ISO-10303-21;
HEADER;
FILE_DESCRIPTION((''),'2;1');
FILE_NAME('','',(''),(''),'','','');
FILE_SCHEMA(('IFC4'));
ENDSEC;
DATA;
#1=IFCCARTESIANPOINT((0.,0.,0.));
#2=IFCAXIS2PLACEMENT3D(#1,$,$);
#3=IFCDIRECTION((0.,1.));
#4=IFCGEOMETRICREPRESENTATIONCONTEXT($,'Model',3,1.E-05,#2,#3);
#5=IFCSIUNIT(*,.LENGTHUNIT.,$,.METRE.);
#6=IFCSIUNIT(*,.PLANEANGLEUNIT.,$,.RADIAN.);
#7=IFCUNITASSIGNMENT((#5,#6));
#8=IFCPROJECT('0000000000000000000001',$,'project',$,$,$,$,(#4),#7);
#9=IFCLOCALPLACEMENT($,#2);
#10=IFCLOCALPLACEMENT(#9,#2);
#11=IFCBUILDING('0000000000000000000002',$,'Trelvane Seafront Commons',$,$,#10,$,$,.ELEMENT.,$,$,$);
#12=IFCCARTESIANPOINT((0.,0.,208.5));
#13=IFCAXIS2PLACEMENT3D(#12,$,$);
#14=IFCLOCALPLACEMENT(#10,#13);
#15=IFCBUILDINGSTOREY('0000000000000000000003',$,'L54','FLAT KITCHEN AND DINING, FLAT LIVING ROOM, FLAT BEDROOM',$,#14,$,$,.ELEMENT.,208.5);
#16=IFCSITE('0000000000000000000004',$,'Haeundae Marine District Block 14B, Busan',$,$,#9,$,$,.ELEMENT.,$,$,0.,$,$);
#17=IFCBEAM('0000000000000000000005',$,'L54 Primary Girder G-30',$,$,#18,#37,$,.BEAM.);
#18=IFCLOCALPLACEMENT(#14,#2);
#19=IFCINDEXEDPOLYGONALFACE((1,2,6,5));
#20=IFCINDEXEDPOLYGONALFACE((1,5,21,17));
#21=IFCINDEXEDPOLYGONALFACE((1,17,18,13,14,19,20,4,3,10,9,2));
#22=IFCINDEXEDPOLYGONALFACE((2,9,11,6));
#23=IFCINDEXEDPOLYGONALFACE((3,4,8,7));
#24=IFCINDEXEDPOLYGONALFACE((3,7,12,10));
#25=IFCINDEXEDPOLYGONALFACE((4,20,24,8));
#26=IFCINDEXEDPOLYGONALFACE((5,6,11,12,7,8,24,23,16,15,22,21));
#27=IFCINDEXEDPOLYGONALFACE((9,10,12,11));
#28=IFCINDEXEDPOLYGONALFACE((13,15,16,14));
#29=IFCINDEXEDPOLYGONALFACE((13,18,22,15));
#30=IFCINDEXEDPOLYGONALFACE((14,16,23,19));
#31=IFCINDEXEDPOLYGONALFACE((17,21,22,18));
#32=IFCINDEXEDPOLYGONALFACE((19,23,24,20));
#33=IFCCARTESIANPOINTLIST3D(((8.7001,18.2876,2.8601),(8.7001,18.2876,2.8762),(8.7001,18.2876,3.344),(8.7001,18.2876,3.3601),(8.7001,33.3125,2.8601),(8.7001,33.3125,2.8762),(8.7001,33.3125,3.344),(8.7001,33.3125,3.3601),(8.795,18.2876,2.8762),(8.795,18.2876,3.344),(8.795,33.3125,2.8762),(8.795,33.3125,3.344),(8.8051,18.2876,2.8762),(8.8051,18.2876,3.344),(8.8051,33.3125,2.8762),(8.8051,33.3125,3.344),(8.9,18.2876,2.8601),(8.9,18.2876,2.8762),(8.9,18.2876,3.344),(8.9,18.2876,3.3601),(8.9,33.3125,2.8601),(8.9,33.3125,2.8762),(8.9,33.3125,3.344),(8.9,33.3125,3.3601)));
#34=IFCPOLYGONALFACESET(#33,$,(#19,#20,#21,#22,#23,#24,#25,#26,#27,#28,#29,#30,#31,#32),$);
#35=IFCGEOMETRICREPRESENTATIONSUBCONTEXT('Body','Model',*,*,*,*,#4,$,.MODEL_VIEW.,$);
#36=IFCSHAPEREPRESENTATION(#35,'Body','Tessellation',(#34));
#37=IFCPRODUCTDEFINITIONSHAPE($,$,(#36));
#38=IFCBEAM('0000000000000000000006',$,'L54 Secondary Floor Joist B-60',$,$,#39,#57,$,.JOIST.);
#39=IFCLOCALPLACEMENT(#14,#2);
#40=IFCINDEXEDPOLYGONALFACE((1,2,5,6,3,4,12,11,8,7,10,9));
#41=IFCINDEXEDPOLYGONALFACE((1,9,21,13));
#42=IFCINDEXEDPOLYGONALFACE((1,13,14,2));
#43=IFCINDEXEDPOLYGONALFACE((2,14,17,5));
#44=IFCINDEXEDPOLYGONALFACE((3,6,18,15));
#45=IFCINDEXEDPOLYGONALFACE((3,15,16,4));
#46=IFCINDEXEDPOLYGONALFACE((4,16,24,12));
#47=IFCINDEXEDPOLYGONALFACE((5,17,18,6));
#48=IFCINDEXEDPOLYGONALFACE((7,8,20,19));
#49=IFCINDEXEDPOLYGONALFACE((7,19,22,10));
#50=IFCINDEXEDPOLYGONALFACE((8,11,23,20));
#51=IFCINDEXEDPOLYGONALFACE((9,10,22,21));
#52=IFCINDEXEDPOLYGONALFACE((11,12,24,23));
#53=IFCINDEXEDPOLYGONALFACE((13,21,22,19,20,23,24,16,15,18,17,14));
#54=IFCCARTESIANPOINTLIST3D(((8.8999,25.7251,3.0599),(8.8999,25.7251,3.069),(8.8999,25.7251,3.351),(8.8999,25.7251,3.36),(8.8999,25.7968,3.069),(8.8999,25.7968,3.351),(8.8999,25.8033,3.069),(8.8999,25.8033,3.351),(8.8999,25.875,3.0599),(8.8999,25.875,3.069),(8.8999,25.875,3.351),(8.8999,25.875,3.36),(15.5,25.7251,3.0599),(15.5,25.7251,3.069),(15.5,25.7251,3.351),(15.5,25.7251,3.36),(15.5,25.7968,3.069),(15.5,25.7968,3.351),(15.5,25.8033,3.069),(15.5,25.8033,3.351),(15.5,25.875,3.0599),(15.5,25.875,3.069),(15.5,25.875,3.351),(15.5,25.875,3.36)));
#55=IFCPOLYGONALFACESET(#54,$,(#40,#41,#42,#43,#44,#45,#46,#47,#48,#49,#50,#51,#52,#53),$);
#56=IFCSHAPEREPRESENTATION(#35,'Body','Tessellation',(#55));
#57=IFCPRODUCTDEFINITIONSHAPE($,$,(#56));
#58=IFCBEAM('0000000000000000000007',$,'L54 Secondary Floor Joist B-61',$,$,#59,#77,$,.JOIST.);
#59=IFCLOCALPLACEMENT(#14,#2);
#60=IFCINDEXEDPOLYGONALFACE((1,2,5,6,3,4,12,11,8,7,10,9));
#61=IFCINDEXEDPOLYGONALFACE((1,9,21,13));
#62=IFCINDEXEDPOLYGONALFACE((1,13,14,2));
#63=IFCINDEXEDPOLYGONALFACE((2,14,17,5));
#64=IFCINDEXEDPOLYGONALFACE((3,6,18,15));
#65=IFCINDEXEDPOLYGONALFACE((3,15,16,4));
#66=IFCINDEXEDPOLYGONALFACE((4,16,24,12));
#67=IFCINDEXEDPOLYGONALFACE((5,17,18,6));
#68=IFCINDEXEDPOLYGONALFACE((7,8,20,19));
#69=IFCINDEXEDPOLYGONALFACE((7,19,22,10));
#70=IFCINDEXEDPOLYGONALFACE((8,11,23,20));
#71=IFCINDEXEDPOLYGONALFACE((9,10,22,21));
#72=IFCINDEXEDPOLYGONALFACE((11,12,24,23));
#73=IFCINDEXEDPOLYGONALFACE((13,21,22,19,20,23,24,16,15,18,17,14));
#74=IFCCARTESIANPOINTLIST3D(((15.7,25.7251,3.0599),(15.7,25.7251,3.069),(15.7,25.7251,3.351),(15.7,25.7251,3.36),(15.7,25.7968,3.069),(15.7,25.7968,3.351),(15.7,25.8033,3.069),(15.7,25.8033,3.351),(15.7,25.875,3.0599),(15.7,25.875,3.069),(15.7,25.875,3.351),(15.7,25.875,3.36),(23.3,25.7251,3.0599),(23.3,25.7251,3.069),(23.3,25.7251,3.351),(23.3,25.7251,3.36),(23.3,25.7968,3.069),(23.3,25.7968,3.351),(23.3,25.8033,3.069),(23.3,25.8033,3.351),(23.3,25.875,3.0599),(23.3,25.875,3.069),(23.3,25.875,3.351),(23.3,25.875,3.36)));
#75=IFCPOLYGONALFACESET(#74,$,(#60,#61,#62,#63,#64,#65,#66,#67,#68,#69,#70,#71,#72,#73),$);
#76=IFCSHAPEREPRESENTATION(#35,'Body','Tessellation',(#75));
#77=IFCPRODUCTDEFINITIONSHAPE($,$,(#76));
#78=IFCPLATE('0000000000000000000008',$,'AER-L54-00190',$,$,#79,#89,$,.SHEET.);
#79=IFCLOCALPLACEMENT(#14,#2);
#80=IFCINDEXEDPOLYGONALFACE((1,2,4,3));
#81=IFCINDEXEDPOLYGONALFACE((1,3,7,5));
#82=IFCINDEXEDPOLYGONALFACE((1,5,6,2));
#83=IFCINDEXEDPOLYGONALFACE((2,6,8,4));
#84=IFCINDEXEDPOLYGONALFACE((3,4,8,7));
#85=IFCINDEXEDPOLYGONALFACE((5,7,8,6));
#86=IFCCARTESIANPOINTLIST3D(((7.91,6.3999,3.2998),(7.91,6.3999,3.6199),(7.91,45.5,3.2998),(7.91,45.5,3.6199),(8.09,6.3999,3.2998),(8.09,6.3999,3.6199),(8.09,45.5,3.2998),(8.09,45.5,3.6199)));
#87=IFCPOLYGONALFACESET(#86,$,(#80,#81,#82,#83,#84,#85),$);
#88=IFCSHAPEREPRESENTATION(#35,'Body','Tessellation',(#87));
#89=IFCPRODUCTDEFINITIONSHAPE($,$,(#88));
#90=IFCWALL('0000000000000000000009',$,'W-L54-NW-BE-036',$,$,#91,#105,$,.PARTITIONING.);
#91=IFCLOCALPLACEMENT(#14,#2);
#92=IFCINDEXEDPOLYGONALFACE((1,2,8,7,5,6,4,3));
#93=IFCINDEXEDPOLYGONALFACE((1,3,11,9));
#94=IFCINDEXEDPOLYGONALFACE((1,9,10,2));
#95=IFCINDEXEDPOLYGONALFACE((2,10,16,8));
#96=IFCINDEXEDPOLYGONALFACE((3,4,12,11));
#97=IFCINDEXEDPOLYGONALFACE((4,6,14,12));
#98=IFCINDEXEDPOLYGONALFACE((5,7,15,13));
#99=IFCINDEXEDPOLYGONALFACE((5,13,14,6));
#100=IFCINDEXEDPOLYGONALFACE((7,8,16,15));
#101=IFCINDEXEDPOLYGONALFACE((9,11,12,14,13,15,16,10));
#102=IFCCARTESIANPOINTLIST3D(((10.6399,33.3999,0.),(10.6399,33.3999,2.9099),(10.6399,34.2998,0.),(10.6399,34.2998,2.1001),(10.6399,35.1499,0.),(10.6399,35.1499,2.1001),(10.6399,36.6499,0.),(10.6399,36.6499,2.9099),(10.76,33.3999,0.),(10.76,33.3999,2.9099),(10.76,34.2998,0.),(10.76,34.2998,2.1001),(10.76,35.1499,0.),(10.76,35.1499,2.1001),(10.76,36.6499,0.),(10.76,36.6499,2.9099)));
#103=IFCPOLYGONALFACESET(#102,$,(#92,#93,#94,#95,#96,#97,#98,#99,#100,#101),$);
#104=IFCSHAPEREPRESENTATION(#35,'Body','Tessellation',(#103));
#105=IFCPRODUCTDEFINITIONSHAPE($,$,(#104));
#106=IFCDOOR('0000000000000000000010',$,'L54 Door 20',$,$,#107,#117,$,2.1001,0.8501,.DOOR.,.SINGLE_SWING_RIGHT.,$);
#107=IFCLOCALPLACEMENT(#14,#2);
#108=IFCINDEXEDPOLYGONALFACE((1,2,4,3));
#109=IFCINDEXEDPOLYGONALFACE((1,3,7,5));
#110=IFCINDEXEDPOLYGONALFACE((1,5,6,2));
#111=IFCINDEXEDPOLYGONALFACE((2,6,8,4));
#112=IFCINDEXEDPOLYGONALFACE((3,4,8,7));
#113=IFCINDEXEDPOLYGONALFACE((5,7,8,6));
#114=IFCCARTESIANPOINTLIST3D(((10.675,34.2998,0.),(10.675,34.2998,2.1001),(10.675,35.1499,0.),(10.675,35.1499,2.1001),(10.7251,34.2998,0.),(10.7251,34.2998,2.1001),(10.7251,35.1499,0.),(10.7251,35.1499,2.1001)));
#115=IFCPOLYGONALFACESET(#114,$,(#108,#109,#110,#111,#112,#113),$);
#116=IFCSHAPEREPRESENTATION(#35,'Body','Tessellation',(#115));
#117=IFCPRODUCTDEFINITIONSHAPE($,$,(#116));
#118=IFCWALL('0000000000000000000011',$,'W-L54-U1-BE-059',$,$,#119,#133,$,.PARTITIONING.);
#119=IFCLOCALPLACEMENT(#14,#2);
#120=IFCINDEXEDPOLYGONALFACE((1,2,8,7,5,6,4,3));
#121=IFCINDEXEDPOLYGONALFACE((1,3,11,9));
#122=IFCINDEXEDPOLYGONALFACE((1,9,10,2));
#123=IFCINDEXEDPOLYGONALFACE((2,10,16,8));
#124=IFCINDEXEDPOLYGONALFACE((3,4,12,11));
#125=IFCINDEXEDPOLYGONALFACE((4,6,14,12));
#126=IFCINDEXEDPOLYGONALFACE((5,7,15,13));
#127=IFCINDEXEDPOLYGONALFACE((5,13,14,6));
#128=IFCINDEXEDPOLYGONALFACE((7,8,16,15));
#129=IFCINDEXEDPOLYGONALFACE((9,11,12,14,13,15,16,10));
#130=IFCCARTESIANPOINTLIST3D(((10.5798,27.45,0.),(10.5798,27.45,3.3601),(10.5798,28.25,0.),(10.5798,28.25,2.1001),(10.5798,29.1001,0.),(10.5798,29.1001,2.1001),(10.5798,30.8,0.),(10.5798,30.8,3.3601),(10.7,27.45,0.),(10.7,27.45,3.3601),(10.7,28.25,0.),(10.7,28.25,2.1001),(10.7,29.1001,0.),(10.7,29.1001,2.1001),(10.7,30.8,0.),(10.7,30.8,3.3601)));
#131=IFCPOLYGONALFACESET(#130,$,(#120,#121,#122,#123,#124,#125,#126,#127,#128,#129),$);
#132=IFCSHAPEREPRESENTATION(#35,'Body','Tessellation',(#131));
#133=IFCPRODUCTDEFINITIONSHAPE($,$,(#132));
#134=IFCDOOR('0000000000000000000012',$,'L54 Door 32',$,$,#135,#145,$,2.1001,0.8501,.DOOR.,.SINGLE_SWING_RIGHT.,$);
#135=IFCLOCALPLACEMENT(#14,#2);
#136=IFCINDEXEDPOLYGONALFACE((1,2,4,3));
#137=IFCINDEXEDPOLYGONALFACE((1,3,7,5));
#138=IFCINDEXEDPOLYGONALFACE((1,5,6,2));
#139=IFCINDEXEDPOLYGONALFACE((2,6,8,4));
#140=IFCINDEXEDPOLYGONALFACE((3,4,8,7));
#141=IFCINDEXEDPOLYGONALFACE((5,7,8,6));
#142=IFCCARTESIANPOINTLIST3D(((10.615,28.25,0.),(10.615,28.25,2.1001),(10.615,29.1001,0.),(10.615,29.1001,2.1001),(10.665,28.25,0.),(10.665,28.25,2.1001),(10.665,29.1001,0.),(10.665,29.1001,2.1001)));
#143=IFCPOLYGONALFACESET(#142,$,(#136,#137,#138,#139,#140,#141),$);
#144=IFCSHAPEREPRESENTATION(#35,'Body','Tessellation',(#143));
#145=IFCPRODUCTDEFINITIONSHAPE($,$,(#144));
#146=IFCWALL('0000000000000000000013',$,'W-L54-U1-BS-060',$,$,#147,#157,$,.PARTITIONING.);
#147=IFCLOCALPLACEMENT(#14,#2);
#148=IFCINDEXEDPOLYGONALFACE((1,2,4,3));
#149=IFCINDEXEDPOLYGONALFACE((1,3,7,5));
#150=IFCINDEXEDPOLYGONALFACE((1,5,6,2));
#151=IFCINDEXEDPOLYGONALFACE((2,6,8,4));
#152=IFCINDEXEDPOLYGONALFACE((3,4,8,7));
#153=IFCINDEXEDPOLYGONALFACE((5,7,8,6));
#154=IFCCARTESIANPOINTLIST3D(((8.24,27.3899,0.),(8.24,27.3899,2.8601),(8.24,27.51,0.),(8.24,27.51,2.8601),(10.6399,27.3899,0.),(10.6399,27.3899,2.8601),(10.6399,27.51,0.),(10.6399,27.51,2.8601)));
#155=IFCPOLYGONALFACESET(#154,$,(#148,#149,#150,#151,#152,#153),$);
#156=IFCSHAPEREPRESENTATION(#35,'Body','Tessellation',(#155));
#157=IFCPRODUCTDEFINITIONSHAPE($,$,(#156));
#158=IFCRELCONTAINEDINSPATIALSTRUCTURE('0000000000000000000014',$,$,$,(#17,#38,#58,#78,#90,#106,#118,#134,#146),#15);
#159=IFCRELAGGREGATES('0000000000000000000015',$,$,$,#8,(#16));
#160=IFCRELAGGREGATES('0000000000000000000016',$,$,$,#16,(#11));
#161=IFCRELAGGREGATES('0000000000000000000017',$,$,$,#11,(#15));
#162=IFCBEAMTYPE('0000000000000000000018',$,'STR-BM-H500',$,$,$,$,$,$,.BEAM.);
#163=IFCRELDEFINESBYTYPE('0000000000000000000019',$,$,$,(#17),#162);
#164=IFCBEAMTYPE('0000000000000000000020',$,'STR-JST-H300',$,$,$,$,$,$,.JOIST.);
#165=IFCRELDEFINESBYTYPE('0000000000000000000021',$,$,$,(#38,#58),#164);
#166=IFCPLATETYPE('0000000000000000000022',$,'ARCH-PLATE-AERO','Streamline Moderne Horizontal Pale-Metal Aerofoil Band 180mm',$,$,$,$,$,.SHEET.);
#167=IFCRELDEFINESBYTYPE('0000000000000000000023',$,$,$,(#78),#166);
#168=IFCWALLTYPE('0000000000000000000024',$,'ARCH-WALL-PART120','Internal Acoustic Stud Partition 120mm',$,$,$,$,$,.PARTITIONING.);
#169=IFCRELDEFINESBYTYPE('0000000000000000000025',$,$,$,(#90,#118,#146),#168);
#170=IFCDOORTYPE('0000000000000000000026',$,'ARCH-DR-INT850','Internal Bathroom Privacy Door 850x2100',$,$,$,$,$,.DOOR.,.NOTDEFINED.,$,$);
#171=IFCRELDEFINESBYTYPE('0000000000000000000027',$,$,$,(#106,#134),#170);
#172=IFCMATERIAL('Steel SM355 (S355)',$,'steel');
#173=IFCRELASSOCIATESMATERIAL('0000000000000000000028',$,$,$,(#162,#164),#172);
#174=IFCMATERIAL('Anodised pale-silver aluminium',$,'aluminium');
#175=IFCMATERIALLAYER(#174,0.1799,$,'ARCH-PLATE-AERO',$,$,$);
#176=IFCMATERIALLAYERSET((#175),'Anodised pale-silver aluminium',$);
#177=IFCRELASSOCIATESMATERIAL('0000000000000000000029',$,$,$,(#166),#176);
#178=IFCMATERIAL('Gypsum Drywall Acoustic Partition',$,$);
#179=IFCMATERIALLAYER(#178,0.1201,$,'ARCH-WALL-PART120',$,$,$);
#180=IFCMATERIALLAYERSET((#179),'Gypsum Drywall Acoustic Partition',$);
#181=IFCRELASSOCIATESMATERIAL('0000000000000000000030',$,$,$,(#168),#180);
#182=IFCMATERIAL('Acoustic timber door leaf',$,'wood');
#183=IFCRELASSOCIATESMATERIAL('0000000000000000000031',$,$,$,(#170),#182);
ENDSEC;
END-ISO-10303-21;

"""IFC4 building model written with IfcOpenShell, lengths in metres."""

from ifc_helpers import new_model, si_unit, direction, frame, frame_2d, origin, origin_2d, place, context, subcontext, project, spatial, rectangle, i_section, extrude, source, transform, mapped, material, layer, layer_set, material_profile, profile_set, type_object, element, fill, save


model = new_model("IFC4")

# Units and contexts
model_context = context("Model", 3, precision=1e-05, world=origin(), true_north=direction((0.0, 1.0)))
body_context = subcontext(model_context, "Body", "Model", "MODEL_VIEW")
ifc_project = project(units=[si_unit("LENGTHUNIT", "METRE"), si_unit("PLANEANGLEUNIT", "RADIAN")], contexts=[model_context])

# Site, building, storey
site_placement = place(None, origin())
site = spatial("IfcSite", under=ifc_project, at=site_placement, Name="Haeundae Marine District Block 14B, Busan", CompositionType="ELEMENT", RefElevation=0.0)
building_placement = place(site_placement, origin())
building = spatial("IfcBuilding", under=site, at=building_placement, Name="Trelvane Seafront Commons", CompositionType="ELEMENT")
storey_placement = place(building_placement, frame((0.0, 0.0, 208.5)))
storey = spatial("IfcBuildingStorey", under=building, at=storey_placement, Name="L54", Description="FLAT KITCHEN AND DINING, FLAT LIVING ROOM, FLAT BEDROOM", CompositionType="ELEMENT", Elevation=208.5)

# Shared definitions
ifc_material_1 = material(Name="Steel SM355 (S355)", Category="steel")

# Beams
ifc_material_profile_1 = material_profile(ifc_material_1, i_section(OverallWidth=0.2, OverallDepth=0.5, WebThickness=0.01, FlangeThickness=0.0161, at=origin_2d()), Name="H-500x200x10x16")
ifc_profile_set_1 = profile_set([ifc_material_profile_1], Name="Steel SM355 (S355)")
beam_type_1 = type_object("IfcBeamType", Name="STR-BM-H500", PredefinedType="BEAM", material=ifc_profile_set_1)
shared_shape_1 = source(origin(), body_context, "Body", "SweptSolid", [
    extrude(i_section(OverallWidth=0.2, OverallDepth=0.5, WebThickness=0.01, FlangeThickness=0.0161, at=origin_2d()), origin(), (0.0, 0.0, 1.0), 15.0249),
])
beam_1_placement = place(storey_placement, frame((8.8, 18.2876, 3.1101), z_axis=(0.0, 1.0, 0.0), x_axis=(-1.0, 0.0, 0.0)))
element("IfcBeam", 1, at=beam_1_placement, inside=storey, type_object=beam_type_1, Name="L54 Primary Girder G-30", PredefinedType="BEAM", context=body_context, shape_type="MappedRepresentation", body=[
    mapped(shared_shape_1, transform((0.0, 0.0, 0.0), x_axis=(1.0, 0.0, 0.0), y_axis=(0.0, 1.0, 0.0), z_axis=(0.0, 0.0, 1.0), scale=1.0)),
])
ifc_material_profile_2 = material_profile(ifc_material_1, i_section(OverallWidth=0.1499, OverallDepth=0.3, WebThickness=0.0066, FlangeThickness=0.009, at=origin_2d()), Name="H-300x150x6.5x9")
ifc_profile_set_2 = profile_set([ifc_material_profile_2], Name="Steel SM355 (S355)")
beam_type_2 = type_object("IfcBeamType", Name="STR-JST-H300", PredefinedType="JOIST", material=ifc_profile_set_2)
shared_shape_2 = source(origin(), body_context, "Body", "SweptSolid", [
    extrude(i_section(OverallWidth=0.1499, OverallDepth=0.3, WebThickness=0.0066, FlangeThickness=0.009, at=origin_2d()), origin(), (0.0, 0.0, 1.0), 6.6001),
])
beam_2_placement = place(storey_placement, frame((8.8999, 25.8, 3.21), z_axis=(1.0, 0.0, 0.0), x_axis=(0.0, 1.0, 0.0)))
element("IfcBeam", 2, at=beam_2_placement, inside=storey, type_object=beam_type_2, Name="L54 Secondary Floor Joist B-60", PredefinedType="JOIST", context=body_context, shape_type="MappedRepresentation", body=[
    mapped(shared_shape_2, transform((0.0, 0.0, 0.0), x_axis=(1.0, 0.0, 0.0), y_axis=(0.0, 1.0, 0.0), z_axis=(0.0, 0.0, 1.0), scale=1.0)),
])
shared_shape_3 = source(origin(), body_context, "Body", "SweptSolid", [
    extrude(i_section(OverallWidth=0.1499, OverallDepth=0.3, WebThickness=0.0066, FlangeThickness=0.009, at=origin_2d()), origin(), (0.0, 0.0, 1.0), 7.6001),
])
beam_3_placement = place(storey_placement, frame((15.7, 25.8, 3.21), z_axis=(1.0, 0.0, 0.0), x_axis=(0.0, 1.0, 0.0)))
element("IfcBeam", 3, at=beam_3_placement, inside=storey, type_object=beam_type_2, Name="L54 Secondary Floor Joist B-61", PredefinedType="JOIST", context=body_context, shape_type="MappedRepresentation", body=[
    mapped(shared_shape_3, transform((0.0, 0.0, 0.0), x_axis=(1.0, 0.0, 0.0), y_axis=(0.0, 1.0, 0.0), z_axis=(0.0, 0.0, 1.0), scale=1.0)),
])

# Plate
ifc_material_2 = material(Name="Anodised pale-silver aluminium", Category="aluminium")
ifc_layer_1 = layer(ifc_material_2, 0.1799, Name="ARCH-PLATE-AERO")
ifc_layer_set_1 = layer_set([ifc_layer_1], Name="Anodised pale-silver aluminium")
plate_type = type_object("IfcPlateType", Name="ARCH-PLATE-AERO", Description="Streamline Moderne Horizontal Pale-Metal Aerofoil Band 180mm", PredefinedType="SHEET", material=ifc_layer_set_1)
shared_shape_4 = source(origin(), body_context, "Body", "SweptSolid", [
    extrude(rectangle(XDim=39.1001, YDim=0.1799, at=origin_2d()), origin(), (0.0, 0.0, 1.0), 0.3201),
])
plate_placement = place(storey_placement, frame((8.0, 25.95, 3.2998), z_axis=(0.0, 0.0, 1.0), x_axis=(0.0, 1.0, 0.0)))
element("IfcPlate", 4, at=plate_placement, inside=storey, type_object=plate_type, Name="AER-L54-00190", PredefinedType="SHEET", context=body_context, shape_type="MappedRepresentation", body=[
    mapped(shared_shape_4, transform((0.0, 0.0, 0.0), x_axis=(1.0, 0.0, 0.0), y_axis=(0.0, 1.0, 0.0), z_axis=(0.0, 0.0, 1.0), scale=1.0)),
])

# Walls, openings, doors
ifc_material_3 = material(Name="Gypsum Drywall Acoustic Partition")
ifc_layer_2 = layer(ifc_material_3, 0.1201, Name="ARCH-WALL-PART120")
ifc_layer_set_2 = layer_set([ifc_layer_2], Name="Gypsum Drywall Acoustic Partition")
wall_type_1 = type_object("IfcWallType", Name="ARCH-WALL-PART120", Description="Internal Acoustic Stud Partition 120mm", PredefinedType="PARTITIONING", material=ifc_layer_set_2)
wall_1_placement = place(storey_placement, frame((10.7, 33.3999, 0.0), z_axis=(0.0, 0.0, 1.0), x_axis=(0.0, 1.0, 0.0)))
wall_1 = element("IfcWall", 5, at=wall_1_placement, inside=storey, type_object=wall_type_1, Name="W-L54-NW-BE-036", PredefinedType="PARTITIONING", context=body_context, shape_type="SweptSolid", body=[
    extrude(rectangle(XDim=3.25, YDim=0.1201, at=frame_2d((1.625, 0.0))), origin(), (0.0, 0.0, 1.0), 2.9099),
])
opening_1_placement = place(wall_1_placement, frame((0.8999, 0.0, 0.0)))
opening_1 = element("IfcOpeningElement", 6, at=opening_1_placement, cuts=wall_1, PredefinedType="OPENING", context=body_context, shape_type="SweptSolid", body=[
    extrude(rectangle(XDim=0.8501, YDim=2.1001, at=frame_2d((0.425, 1.05))), frame((0.0, 0.0701, 0.0), z_axis=(0.0, -1.0, 0.0), x_axis=(1.0, 0.0, 0.0)), (0.0, 0.0, 1.0), 0.1401),
])
ifc_material_4 = material(Name="Acoustic timber door leaf", Category="wood")
door_type_1 = type_object("IfcDoorType", Name="ARCH-DR-INT850", Description="Internal Bathroom Privacy Door 850x2100", OperationType="NOTDEFINED", PredefinedType="DOOR", material=ifc_material_4)
shared_shape_5 = source(origin(), body_context, "Body", "SweptSolid", [
    extrude(rectangle(XDim=0.8501, YDim=2.1001, at=frame_2d((0.425, 1.05))), frame((0.0, 0.0249, 0.0), z_axis=(0.0, -1.0, 0.0), x_axis=(1.0, 0.0, 0.0)), (0.0, 0.0, 1.0), 0.05),
])
door_1_placement = place(opening_1_placement, origin())
door_1 = element("IfcDoor", 7, at=door_1_placement, inside=storey, type_object=door_type_1, Name="L54 Door 20", OperationType="SINGLE_SWING_RIGHT", OverallHeight=2.1001, OverallWidth=0.8501, PredefinedType="DOOR", context=body_context, shape_type="MappedRepresentation", body=[
    mapped(shared_shape_5, transform((0.0, 0.0, 0.0), x_axis=(1.0, 0.0, 0.0), y_axis=(0.0, 1.0, 0.0), z_axis=(0.0, 0.0, 1.0), scale=1.0)),
])
fill(opening_1, door_1)
wall_2_placement = place(storey_placement, frame((10.6399, 27.45, 0.0), z_axis=(0.0, 0.0, 1.0), x_axis=(0.0, 1.0, 0.0)))
wall_2 = element("IfcWall", 8, at=wall_2_placement, inside=storey, type_object=wall_type_1, Name="W-L54-U1-BE-059", PredefinedType="PARTITIONING", context=body_context, shape_type="SweptSolid", body=[
    extrude(rectangle(XDim=3.3501, YDim=0.1201, at=frame_2d((1.675, 0.0))), origin(), (0.0, 0.0, 1.0), 3.3601),
])
opening_2_placement = place(wall_2_placement, frame((0.8, 0.0, 0.0)))
opening_2 = element("IfcOpeningElement", 9, at=opening_2_placement, cuts=wall_2, PredefinedType="OPENING", context=body_context, shape_type="SweptSolid", body=[
    extrude(rectangle(XDim=0.8501, YDim=2.1001, at=frame_2d((0.425, 1.05))), frame((0.0, 0.0701, 0.0), z_axis=(0.0, -1.0, 0.0), x_axis=(1.0, 0.0, 0.0)), (0.0, 0.0, 1.0), 0.1401),
])
door_2_placement = place(opening_2_placement, origin())
door_2 = element("IfcDoor", 10, at=door_2_placement, inside=storey, type_object=door_type_1, Name="L54 Door 32", OperationType="SINGLE_SWING_RIGHT", OverallHeight=2.1001, OverallWidth=0.8501, PredefinedType="DOOR", context=body_context, shape_type="MappedRepresentation", body=[
    mapped(shared_shape_5, transform((0.0, 0.0, 0.0), x_axis=(1.0, 0.0, 0.0), y_axis=(0.0, 1.0, 0.0), z_axis=(0.0, 0.0, 1.0), scale=1.0)),
])
fill(opening_2, door_2)

# Wall
wall_3_placement = place(storey_placement, frame((8.24, 27.45, 0.0), z_axis=(0.0, 0.0, 1.0), x_axis=(1.0, 0.0, 0.0)))
element("IfcWall", 11, at=wall_3_placement, inside=storey, type_object=wall_type_1, Name="W-L54-U1-BS-060", PredefinedType="PARTITIONING", context=body_context, shape_type="SweptSolid", body=[
    extrude(rectangle(XDim=2.3999, YDim=0.1201, at=frame_2d((1.2, 0.0))), origin(), (0.0, 0.0, 1.0), 2.8601),
])

save(model, "model.ifc")
